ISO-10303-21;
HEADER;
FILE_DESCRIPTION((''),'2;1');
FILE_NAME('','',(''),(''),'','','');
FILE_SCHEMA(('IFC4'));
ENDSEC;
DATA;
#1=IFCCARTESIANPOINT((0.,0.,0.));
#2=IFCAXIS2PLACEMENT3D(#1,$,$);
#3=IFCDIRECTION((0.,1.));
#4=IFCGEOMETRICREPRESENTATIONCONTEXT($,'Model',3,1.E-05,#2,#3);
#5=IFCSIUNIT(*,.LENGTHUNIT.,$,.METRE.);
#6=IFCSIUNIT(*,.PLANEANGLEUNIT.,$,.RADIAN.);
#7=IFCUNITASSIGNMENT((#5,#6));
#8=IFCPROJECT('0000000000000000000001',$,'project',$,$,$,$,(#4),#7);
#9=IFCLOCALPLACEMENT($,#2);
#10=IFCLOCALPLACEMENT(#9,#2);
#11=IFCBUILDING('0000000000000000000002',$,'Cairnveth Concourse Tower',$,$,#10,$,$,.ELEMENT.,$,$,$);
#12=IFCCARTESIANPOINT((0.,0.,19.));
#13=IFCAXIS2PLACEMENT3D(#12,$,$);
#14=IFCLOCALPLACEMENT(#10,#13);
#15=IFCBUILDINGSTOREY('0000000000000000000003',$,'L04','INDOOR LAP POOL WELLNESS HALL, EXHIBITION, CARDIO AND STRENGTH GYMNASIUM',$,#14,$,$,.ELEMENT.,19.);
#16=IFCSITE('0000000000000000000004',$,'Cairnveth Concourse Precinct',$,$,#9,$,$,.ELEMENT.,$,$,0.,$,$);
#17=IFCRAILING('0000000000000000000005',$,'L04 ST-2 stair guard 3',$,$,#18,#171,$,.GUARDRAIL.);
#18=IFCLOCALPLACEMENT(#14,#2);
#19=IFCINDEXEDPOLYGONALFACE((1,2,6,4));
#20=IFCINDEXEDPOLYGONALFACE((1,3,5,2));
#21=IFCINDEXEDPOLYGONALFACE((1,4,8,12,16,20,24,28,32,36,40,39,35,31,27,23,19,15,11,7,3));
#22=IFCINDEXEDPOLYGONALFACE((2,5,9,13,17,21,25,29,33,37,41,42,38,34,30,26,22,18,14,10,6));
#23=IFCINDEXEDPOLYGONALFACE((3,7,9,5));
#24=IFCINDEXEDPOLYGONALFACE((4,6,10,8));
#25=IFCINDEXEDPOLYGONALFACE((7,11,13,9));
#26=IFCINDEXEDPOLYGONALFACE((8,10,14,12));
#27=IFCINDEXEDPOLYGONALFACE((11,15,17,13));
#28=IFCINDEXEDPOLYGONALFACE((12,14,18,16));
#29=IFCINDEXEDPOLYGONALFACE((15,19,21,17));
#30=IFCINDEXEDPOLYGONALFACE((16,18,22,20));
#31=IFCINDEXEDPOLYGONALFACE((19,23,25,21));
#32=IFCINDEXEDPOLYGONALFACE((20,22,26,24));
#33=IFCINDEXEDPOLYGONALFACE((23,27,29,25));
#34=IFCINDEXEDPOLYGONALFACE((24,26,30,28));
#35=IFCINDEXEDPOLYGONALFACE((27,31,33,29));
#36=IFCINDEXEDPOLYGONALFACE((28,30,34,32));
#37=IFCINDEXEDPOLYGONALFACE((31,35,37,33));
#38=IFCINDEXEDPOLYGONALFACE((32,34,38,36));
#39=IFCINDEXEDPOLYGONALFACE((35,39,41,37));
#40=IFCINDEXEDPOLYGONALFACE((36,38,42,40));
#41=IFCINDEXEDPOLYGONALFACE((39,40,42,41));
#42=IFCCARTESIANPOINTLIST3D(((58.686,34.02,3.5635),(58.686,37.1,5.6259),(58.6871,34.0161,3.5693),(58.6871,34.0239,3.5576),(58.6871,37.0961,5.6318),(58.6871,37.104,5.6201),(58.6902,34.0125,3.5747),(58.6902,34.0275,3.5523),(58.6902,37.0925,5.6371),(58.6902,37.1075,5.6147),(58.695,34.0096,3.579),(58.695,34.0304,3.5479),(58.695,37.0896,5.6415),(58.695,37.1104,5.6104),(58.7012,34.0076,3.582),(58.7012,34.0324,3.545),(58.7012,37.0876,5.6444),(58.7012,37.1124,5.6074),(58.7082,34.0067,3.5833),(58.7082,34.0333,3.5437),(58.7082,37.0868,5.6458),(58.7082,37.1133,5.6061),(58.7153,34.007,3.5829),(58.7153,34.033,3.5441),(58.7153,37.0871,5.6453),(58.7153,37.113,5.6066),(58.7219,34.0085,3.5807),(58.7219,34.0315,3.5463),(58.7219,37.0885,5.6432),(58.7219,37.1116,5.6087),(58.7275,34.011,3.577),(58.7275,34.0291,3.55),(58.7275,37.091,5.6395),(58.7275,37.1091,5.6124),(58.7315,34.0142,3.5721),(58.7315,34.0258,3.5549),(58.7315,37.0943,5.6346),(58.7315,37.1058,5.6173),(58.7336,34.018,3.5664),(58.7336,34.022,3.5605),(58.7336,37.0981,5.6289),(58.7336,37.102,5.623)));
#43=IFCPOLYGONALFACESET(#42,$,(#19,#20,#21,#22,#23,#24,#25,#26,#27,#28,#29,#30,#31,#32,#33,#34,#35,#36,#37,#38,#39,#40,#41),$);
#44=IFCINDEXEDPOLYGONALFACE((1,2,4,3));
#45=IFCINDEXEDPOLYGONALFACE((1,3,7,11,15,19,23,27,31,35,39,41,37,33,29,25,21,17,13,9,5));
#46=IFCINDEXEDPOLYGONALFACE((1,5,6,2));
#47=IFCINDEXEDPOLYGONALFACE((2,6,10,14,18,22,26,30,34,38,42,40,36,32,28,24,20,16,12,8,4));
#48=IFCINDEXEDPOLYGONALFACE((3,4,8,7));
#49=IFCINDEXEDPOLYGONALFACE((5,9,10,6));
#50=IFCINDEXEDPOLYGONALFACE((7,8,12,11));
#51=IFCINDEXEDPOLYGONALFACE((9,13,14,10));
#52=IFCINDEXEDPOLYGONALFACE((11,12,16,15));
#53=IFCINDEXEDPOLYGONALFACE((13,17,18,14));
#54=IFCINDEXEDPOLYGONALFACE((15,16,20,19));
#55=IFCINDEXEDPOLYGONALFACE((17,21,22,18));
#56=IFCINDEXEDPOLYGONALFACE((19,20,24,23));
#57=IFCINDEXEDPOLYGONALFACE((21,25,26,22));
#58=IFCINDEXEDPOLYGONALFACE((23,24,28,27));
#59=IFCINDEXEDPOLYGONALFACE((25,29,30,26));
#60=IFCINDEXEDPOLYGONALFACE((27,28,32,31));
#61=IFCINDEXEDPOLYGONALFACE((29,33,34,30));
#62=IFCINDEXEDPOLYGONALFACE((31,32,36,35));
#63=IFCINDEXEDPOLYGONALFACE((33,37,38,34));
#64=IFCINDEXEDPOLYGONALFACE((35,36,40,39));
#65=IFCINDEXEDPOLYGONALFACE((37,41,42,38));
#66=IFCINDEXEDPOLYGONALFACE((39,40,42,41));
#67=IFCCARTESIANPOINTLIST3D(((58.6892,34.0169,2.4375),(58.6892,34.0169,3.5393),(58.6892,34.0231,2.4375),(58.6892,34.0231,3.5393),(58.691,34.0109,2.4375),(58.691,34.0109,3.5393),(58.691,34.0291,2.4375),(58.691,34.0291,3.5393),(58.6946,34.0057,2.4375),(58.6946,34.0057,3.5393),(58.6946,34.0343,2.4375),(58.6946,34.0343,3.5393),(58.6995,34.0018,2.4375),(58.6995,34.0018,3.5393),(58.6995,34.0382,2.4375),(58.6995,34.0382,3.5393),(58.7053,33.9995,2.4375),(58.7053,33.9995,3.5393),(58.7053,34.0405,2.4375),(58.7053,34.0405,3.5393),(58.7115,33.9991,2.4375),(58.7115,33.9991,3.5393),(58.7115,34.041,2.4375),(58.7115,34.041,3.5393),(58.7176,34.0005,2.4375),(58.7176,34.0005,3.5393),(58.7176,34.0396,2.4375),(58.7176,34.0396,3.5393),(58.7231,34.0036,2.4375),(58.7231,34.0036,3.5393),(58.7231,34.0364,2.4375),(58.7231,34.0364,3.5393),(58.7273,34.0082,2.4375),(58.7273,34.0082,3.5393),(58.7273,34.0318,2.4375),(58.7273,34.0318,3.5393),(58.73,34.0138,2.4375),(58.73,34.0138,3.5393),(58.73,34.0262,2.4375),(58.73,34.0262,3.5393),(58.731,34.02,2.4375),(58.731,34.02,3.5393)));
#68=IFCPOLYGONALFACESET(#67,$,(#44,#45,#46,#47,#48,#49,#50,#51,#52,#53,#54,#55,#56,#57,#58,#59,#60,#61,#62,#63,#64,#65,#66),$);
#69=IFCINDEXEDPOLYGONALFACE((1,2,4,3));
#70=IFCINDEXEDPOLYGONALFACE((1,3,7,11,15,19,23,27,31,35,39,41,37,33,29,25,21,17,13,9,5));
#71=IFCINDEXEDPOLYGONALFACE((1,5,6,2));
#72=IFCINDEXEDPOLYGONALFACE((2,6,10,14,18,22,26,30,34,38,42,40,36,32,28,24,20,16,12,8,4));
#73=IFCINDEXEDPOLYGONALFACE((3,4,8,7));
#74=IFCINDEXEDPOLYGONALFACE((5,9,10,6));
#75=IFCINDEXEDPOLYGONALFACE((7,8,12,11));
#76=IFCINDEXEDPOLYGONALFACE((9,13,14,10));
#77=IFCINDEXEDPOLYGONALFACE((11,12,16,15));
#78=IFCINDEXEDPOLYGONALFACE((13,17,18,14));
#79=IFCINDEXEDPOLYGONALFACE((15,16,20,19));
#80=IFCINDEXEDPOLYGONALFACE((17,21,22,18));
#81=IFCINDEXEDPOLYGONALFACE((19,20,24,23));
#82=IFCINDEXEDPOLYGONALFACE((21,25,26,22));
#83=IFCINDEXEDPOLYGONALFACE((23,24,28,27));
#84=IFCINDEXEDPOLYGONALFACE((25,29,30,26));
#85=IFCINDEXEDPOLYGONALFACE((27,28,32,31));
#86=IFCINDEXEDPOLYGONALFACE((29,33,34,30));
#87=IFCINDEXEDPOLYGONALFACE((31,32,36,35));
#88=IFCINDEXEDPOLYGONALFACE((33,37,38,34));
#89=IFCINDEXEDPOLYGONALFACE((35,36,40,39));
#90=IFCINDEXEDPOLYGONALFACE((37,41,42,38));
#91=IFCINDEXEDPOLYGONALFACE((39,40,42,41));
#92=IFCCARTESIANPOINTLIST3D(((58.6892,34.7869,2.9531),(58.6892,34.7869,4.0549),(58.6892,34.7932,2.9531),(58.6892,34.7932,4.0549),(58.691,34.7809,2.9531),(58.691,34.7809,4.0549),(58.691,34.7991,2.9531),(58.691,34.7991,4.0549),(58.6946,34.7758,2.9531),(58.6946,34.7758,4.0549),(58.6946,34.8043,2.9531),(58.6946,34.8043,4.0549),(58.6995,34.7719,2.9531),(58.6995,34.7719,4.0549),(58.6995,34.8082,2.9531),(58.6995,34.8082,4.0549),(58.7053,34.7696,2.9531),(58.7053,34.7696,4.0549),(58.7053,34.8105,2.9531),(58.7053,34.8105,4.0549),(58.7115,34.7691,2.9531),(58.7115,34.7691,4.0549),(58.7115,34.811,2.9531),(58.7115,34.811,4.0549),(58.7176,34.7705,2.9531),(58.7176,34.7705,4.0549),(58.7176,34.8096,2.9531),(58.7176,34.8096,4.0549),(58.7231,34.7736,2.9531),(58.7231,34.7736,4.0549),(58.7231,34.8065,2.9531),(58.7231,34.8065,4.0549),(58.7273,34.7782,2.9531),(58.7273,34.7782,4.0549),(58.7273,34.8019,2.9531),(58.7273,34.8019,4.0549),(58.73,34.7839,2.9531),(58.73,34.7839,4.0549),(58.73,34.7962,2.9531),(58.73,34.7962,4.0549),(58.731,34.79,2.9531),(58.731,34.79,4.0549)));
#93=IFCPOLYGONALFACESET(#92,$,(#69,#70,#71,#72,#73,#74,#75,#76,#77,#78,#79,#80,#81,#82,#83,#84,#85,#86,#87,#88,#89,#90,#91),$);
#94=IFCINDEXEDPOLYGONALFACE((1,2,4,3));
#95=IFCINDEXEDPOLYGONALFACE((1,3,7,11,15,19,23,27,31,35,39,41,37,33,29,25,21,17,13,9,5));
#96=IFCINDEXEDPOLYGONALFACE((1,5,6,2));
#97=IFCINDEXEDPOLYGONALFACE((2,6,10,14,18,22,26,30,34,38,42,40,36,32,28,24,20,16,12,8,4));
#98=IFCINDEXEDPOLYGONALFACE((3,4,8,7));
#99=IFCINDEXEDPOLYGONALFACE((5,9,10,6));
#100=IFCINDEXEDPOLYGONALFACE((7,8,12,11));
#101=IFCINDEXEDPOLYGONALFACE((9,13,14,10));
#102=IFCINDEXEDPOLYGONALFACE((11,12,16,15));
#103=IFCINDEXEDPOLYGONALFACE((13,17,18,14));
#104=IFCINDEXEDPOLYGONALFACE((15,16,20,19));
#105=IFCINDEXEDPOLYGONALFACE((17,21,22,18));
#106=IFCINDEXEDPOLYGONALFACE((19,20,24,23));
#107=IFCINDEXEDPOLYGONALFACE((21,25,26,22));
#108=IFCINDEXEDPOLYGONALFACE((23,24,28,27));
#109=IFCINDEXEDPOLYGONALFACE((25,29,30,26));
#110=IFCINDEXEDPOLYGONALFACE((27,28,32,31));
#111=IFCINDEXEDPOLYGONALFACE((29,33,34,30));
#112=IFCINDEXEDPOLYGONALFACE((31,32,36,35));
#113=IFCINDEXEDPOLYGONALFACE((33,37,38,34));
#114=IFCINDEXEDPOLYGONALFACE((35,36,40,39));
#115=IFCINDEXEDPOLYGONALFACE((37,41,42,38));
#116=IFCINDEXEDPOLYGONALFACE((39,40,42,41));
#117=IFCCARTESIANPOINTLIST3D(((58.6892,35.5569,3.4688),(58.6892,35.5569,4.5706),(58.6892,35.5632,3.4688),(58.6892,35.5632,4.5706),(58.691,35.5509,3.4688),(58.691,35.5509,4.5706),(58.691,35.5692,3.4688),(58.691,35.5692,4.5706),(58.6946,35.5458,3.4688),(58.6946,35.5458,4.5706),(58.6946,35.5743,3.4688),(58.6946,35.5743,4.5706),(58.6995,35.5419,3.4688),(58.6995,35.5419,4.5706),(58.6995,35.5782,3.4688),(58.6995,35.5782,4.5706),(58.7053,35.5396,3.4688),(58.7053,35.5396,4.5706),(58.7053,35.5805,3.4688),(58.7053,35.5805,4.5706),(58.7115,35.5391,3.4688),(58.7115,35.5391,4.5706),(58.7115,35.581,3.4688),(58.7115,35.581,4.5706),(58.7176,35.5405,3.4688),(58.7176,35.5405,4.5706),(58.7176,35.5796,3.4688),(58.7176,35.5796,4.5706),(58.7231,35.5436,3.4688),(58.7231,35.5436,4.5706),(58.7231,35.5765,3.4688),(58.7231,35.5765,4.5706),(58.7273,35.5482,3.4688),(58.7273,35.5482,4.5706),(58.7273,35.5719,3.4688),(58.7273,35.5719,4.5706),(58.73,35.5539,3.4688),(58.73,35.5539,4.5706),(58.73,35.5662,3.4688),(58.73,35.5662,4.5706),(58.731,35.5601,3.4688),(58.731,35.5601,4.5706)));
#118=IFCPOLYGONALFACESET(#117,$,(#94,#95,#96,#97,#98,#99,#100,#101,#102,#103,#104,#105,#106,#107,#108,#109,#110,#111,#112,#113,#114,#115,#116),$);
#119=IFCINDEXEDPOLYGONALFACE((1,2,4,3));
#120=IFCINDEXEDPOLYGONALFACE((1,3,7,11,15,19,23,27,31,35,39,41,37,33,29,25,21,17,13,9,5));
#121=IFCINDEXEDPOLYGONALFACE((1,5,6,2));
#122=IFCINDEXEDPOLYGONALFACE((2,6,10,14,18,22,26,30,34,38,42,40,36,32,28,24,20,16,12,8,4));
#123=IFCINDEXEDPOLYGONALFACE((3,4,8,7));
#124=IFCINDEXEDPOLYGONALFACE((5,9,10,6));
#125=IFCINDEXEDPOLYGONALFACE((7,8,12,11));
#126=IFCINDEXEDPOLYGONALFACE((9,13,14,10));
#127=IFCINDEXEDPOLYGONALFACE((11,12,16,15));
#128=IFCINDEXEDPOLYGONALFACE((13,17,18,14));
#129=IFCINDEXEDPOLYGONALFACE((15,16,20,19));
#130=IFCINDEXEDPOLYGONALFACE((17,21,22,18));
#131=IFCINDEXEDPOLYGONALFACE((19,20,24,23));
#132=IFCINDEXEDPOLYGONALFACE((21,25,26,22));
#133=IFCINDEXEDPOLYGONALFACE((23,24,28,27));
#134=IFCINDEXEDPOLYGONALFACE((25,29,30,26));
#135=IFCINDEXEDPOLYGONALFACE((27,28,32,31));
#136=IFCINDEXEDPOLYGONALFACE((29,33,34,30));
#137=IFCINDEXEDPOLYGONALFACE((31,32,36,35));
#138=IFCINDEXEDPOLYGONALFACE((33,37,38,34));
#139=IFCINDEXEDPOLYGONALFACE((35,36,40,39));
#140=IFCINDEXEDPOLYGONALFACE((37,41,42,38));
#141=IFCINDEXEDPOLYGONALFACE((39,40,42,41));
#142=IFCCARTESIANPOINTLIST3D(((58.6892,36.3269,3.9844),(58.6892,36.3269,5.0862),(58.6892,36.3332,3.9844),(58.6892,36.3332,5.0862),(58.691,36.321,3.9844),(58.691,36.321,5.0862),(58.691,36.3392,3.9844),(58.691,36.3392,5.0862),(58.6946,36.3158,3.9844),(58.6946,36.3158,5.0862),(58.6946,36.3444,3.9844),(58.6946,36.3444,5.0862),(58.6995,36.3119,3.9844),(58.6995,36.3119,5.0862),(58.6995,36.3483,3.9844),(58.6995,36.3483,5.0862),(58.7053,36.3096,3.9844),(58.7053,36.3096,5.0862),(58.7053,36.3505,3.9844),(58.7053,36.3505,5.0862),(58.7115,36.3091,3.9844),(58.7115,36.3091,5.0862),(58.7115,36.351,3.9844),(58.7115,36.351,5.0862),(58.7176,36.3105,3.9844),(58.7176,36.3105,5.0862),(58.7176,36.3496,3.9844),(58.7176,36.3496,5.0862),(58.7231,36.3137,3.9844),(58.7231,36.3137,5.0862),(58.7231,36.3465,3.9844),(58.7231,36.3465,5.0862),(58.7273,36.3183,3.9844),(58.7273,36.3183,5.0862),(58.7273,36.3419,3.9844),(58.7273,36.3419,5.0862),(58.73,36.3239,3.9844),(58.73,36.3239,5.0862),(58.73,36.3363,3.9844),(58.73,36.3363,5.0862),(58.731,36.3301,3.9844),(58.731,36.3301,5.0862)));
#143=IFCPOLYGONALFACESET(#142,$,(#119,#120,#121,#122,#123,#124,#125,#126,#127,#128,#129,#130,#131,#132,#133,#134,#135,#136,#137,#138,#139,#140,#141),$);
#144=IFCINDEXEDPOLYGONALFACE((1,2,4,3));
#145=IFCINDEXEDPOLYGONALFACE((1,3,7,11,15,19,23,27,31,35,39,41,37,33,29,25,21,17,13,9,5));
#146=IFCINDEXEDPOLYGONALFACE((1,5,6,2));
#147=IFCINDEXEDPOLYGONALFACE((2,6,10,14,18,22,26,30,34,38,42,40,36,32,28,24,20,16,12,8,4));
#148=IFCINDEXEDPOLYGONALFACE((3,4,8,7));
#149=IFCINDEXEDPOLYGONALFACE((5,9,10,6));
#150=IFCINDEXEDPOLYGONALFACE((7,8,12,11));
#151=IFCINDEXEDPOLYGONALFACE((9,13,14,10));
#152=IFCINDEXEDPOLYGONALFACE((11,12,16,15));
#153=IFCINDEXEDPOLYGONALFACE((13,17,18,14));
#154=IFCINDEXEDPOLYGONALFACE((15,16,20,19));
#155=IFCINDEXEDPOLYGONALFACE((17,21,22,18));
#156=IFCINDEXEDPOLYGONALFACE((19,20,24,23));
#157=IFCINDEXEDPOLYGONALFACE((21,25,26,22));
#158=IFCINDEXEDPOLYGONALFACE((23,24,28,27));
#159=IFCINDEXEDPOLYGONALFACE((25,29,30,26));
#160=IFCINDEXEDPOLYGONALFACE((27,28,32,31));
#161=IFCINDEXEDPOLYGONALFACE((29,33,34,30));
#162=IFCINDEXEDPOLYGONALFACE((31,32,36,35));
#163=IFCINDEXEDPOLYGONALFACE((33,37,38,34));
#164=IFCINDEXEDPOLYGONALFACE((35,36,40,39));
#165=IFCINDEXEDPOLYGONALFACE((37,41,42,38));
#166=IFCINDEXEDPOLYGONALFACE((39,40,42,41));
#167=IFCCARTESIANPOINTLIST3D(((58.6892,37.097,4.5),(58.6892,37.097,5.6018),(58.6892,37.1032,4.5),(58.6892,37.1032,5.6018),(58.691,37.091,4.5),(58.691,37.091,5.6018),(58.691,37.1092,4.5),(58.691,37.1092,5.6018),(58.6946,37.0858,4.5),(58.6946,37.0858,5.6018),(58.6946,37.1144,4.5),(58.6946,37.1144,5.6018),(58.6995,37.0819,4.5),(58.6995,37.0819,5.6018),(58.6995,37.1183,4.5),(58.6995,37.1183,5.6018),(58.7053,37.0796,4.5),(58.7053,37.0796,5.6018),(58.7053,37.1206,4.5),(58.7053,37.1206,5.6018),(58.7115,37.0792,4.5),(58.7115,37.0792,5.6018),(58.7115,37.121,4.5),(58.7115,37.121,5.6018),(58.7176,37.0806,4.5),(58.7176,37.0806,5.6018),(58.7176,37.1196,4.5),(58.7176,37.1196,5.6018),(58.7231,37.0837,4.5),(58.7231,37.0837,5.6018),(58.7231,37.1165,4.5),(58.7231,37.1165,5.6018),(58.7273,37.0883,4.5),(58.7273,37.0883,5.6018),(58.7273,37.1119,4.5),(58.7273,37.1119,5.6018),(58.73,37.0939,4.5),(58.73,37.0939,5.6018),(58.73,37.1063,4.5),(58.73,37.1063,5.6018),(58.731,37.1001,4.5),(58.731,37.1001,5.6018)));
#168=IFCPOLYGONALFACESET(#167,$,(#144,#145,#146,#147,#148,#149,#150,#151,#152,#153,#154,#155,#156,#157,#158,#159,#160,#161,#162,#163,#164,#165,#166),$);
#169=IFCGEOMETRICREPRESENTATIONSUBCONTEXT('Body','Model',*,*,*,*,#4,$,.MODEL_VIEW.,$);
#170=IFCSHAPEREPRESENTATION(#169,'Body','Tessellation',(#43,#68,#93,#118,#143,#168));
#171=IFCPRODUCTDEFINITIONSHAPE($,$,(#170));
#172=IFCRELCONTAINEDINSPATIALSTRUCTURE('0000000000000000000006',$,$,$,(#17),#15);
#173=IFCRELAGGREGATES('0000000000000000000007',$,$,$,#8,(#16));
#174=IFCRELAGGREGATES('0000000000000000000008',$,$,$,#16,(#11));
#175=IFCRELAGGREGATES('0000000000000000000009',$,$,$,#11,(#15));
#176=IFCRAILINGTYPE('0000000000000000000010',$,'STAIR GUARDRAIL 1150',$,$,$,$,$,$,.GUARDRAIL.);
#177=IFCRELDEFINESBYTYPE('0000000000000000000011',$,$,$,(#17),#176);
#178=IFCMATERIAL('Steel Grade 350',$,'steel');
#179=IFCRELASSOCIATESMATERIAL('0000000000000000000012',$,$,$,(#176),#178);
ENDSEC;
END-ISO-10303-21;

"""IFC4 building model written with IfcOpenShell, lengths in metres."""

from ifc_helpers import new_model, si_unit, direction, frame, origin, origin_2d, place, context, subcontext, project, spatial, circle, extrude, material, type_object, element, save


model = new_model("IFC4")

# Units and contexts
model_context = context("Model", 3, precision=1e-05, world=origin(), true_north=direction((0.0, 1.0)))
body_context = subcontext(model_context, "Body", "Model", "MODEL_VIEW")
ifc_project = project(units=[si_unit("LENGTHUNIT", "METRE"), si_unit("PLANEANGLEUNIT", "RADIAN")], contexts=[model_context])

# Site, building, storey
site_placement = place(None, origin())
site = spatial("IfcSite", under=ifc_project, at=site_placement, Name="Cairnveth Concourse Precinct", CompositionType="ELEMENT", RefElevation=0.0)
building_placement = place(site_placement, origin())
building = spatial("IfcBuilding", under=site, at=building_placement, Name="Cairnveth Concourse Tower", CompositionType="ELEMENT")
storey_placement = place(building_placement, frame((0.0, 0.0, 19.0)))
storey = spatial("IfcBuildingStorey", under=building, at=storey_placement, Name="L04", Description="INDOOR LAP POOL WELLNESS HALL, EXHIBITION, CARDIO AND STRENGTH GYMNASIUM", CompositionType="ELEMENT", Elevation=19.0)

# Shared definitions
ifc_material_1 = material(Name="Steel Grade 350", Category="steel")

# Railing
railing_type_1 = type_object("IfcRailingType", Name="STAIR GUARDRAIL 1150", PredefinedType="GUARDRAIL", material=ifc_material_1)
railing_1_placement = place(storey_placement, frame((58.71, 34.02, 2.4375)))
element("IfcRailing", 1, at=railing_1_placement, inside=storey, type_object=railing_type_1, Name="L04 ST-2 stair guard 3", PredefinedType="GUARDRAIL", context=body_context, shape_type="SweptSolid", body=[
    extrude(circle(Radius=0.0239, at=origin_2d()), frame((0.0, 0.0, 1.126), z_axis=(0.0, 0.830914, 0.556401), x_axis=(-1.0, 0.0, 0.0)), (0.0, 0.0, 1.0), 3.7068),
    extrude(circle(Radius=0.021, at=origin_2d()), origin(), (0.0, 0.0, 1.0), 1.1018),
    extrude(circle(Radius=0.021, at=origin_2d()), frame((0.0, 0.77, 0.5156)), (0.0, 0.0, 1.0), 1.1018),
    extrude(circle(Radius=0.021, at=origin_2d()), frame((0.0, 1.54, 1.0312)), (0.0, 0.0, 1.0), 1.1018),
    extrude(circle(Radius=0.021, at=origin_2d()), frame((0.0, 2.3101, 1.5469)), (0.0, 0.0, 1.0), 1.1018),
    extrude(circle(Radius=0.021, at=origin_2d()), frame((0.0, 3.0801, 2.0625)), (0.0, 0.0, 1.0), 1.1018),
])

save(model, "model.ifc")
